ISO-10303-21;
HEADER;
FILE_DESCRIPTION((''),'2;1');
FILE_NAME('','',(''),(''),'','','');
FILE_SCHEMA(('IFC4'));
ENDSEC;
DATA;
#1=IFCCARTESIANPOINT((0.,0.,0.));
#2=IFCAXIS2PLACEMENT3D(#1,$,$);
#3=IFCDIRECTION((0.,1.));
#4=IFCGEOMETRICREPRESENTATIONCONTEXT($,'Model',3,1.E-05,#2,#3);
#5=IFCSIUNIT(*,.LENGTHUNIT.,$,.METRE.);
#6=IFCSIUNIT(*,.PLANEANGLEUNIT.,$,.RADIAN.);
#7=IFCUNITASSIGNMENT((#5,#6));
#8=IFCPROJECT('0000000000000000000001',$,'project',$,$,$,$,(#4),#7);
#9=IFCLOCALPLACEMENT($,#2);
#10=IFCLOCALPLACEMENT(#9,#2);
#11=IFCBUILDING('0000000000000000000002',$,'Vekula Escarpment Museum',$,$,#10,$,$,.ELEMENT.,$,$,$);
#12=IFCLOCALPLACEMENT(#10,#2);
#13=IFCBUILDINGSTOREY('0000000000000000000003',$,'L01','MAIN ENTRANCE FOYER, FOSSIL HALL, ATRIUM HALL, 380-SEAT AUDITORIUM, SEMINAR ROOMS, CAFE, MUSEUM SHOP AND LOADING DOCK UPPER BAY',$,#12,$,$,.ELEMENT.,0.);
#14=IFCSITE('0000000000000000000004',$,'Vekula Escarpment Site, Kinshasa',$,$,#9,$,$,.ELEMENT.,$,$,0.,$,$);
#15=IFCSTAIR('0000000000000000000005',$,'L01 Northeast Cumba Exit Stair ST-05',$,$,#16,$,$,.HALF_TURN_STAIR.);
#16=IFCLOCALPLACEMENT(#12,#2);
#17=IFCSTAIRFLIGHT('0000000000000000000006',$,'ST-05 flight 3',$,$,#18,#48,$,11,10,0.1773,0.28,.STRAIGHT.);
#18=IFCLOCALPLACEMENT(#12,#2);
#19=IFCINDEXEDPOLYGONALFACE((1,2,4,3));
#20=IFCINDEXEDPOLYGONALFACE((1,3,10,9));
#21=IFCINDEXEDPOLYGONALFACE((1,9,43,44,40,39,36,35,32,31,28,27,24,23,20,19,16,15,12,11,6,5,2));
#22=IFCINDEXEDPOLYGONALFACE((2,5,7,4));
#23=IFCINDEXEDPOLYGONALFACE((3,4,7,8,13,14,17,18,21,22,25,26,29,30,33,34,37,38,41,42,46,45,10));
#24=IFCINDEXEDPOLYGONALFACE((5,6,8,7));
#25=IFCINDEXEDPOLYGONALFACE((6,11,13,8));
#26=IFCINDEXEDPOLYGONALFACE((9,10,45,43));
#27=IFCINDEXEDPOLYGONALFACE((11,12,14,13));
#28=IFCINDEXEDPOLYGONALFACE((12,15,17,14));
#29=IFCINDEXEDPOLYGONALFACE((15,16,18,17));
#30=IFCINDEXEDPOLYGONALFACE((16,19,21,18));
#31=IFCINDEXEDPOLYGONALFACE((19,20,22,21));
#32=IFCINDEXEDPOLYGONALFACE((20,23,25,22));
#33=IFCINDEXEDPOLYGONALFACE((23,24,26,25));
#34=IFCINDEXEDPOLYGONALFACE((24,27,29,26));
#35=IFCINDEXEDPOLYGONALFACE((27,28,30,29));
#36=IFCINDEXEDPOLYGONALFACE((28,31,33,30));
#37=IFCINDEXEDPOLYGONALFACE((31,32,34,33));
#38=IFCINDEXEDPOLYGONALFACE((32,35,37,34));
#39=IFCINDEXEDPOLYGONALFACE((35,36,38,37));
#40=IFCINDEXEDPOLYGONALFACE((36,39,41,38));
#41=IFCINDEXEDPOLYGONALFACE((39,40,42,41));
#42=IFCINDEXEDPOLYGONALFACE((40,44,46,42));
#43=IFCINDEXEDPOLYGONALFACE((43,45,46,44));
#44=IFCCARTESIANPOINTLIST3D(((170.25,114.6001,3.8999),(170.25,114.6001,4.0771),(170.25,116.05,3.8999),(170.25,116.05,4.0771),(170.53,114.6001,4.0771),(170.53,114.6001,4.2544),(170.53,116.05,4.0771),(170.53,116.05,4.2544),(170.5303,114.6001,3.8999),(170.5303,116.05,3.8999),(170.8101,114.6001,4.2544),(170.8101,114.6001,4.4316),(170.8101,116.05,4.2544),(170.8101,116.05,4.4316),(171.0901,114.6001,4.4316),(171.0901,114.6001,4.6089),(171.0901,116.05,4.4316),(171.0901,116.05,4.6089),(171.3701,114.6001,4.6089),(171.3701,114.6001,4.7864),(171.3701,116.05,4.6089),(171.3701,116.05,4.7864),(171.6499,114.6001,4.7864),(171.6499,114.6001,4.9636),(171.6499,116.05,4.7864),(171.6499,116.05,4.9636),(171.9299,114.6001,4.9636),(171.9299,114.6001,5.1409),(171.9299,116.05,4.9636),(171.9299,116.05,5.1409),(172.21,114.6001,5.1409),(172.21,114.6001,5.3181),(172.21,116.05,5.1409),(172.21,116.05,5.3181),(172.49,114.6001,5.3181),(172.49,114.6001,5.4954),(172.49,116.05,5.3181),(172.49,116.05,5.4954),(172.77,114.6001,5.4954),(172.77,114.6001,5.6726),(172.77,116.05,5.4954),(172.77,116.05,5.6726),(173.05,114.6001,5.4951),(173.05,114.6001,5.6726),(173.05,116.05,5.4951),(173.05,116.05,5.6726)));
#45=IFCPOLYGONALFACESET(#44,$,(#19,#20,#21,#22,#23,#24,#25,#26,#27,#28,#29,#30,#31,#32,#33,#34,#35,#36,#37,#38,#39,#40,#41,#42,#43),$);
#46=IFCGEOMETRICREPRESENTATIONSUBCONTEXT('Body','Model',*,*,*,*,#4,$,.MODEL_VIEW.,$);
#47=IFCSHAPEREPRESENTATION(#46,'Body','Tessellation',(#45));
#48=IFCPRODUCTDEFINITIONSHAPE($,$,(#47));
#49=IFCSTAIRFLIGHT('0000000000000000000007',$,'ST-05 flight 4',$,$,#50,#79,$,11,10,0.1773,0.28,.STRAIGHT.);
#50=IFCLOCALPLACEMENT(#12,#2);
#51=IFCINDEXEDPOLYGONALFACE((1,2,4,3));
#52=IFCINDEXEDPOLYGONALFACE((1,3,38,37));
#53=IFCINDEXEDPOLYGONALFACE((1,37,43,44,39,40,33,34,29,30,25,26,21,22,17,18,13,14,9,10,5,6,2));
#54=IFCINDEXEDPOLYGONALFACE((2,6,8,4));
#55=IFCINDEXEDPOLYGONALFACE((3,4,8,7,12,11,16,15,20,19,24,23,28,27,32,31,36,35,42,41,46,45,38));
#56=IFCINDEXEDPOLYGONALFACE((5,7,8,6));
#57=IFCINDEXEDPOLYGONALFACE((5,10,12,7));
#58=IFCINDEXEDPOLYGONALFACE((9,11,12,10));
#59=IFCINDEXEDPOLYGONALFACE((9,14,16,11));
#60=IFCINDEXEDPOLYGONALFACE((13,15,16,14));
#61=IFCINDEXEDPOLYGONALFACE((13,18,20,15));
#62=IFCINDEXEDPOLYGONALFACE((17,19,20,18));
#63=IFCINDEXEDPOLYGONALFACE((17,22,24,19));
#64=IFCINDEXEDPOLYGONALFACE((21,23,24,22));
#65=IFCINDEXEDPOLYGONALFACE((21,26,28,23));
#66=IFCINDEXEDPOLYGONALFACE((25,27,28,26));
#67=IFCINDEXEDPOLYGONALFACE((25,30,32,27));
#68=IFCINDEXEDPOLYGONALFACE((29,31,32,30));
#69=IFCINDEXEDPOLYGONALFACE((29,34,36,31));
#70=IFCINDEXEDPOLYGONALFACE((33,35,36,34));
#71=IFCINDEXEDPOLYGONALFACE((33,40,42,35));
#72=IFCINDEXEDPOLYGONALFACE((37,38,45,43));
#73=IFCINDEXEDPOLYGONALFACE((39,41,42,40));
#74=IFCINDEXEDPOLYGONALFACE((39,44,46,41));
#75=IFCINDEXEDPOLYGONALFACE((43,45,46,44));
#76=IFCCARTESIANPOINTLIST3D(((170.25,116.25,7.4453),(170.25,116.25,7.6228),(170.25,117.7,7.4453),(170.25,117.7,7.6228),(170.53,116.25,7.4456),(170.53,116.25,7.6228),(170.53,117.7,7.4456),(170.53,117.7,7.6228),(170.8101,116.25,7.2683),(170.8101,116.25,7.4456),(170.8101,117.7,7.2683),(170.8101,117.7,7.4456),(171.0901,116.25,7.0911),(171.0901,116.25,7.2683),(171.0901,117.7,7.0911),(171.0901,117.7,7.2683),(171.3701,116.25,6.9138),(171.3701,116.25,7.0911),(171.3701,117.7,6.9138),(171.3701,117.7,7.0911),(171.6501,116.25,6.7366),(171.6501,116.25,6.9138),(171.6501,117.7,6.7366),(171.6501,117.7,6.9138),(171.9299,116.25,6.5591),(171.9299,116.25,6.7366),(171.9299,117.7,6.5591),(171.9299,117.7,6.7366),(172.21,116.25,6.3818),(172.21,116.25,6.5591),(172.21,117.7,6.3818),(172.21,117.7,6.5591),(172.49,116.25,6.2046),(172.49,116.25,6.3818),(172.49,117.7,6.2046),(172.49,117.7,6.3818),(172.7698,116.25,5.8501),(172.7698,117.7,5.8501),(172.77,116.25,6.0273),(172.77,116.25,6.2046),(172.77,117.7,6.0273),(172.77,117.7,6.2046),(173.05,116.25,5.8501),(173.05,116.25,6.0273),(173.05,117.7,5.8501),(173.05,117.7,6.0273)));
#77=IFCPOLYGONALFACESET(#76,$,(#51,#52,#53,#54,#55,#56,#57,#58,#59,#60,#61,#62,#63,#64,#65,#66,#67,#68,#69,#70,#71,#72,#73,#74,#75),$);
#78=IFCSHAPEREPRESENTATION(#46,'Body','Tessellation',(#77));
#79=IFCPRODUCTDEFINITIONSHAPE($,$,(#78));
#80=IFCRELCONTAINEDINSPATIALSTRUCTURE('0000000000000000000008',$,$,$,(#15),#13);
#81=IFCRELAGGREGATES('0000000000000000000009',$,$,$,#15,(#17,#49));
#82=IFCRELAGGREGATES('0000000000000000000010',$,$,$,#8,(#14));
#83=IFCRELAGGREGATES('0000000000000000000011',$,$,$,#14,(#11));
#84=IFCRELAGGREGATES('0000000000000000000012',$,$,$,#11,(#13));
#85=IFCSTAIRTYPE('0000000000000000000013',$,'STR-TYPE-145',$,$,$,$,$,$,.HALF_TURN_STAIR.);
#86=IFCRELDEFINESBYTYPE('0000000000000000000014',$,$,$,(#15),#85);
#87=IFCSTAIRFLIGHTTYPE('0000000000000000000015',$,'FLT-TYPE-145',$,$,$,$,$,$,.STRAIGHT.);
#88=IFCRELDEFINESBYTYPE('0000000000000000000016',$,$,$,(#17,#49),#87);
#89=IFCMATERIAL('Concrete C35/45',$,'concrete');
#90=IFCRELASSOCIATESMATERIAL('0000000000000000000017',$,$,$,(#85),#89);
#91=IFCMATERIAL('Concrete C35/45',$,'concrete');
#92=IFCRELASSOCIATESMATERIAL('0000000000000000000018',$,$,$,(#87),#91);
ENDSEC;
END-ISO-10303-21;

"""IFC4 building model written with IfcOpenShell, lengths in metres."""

from ifc_helpers import new_model, si_unit, direction, frame, origin, place, context, subcontext, project, spatial, polyline, outline, extrude, material, type_object, element, aggregate, save


model = new_model("IFC4")

# Units and contexts
model_context = context("Model", 3, precision=1e-05, world=origin(), true_north=direction((0.0, 1.0)))
body_context = subcontext(model_context, "Body", "Model", "MODEL_VIEW")
ifc_project = project(units=[si_unit("LENGTHUNIT", "METRE"), si_unit("PLANEANGLEUNIT", "RADIAN")], contexts=[model_context])

# Site, building, storey
site_placement = place(None, origin())
site = spatial("IfcSite", under=ifc_project, at=site_placement, Name="Vekula Escarpment Site, Kinshasa", CompositionType="ELEMENT", RefElevation=0.0)
building_placement = place(site_placement, origin())
building = spatial("IfcBuilding", under=site, at=building_placement, Name="Vekula Escarpment Museum", CompositionType="ELEMENT")
storey_placement = place(building_placement, origin())
storey = spatial("IfcBuildingStorey", under=building, at=storey_placement, Name="L01", Description="MAIN ENTRANCE FOYER, FOSSIL HALL, ATRIUM HALL, 380-SEAT AUDITORIUM, SEMINAR ROOMS, CAFE, MUSEUM SHOP AND LOADING DOCK UPPER BAY", CompositionType="ELEMENT", Elevation=0.0)

# Stair, stair flights
ifc_material_1 = material(Name="Concrete C35/45", Category="concrete")
stair_type = type_object("IfcStairType", Name="STR-TYPE-145", PredefinedType="HALF_TURN_STAIR", material=ifc_material_1)
stair_placement = place(storey_placement, origin())
stair = element("IfcStair", 1, at=stair_placement, inside=storey, type_object=stair_type, Name="L01 Northeast Cumba Exit Stair ST-05", PredefinedType="HALF_TURN_STAIR")
ifc_material_2 = material(Name="Concrete C35/45", Category="concrete")
stair_flight_type = type_object("IfcStairFlightType", Name="FLT-TYPE-145", PredefinedType="STRAIGHT", material=ifc_material_2)
stair_flight_1_placement = place(storey_placement, frame((170.25, 115.325, 3.8999), z_axis=(0.0, 0.0, 1.0), x_axis=(1.0, 0.0, 0.0)))
stair_flight_1 = element("IfcStairFlight", 2, at=stair_flight_1_placement, type_object=stair_flight_type, Name="ST-05 flight 3", NumberOfRisers=11, NumberOfTreads=10, PredefinedType="STRAIGHT", RiserHeight=0.1773, TreadLength=0.28, context=body_context, shape_type="SweptSolid", body=[
    extrude(outline(polyline([(0.0, 0.0), (0.0, 0.1772), (0.28, 0.1772), (0.28, 0.3545), (0.5601, 0.3545), (0.5601, 0.5317), (0.8401, 0.5317), (0.8401, 0.709), (1.1201, 0.709), (1.1201, 0.8865), (1.3999, 0.8865), (1.3999, 1.0637), (1.6799, 1.0637), (1.6799, 1.241), (1.96, 1.241), (1.96, 1.4182), (2.24, 1.4182), (2.24, 1.5955), (2.52, 1.5955), (2.52, 1.7727), (2.8, 1.7727), (2.8, 1.95), (2.8, 1.5952), (0.2803, 0.0), (0.0, 0.0)])), frame((0.0, 0.7251, 0.0), z_axis=(0.0, -1.0, 0.0), x_axis=(1.0, 0.0, 0.0)), (0.0, 0.0, 1.0), 1.45),
])
stair_flight_2_placement = place(storey_placement, frame((173.05, 116.9751, 5.8501), z_axis=(0.0, 0.0, 1.0), x_axis=(-1.0, 0.0, 0.0)))
stair_flight_2 = element("IfcStairFlight", 3, at=stair_flight_2_placement, type_object=stair_flight_type, Name="ST-05 flight 4", NumberOfRisers=11, NumberOfTreads=10, PredefinedType="STRAIGHT", RiserHeight=0.1773, TreadLength=0.28, context=body_context, shape_type="SweptSolid", body=[
    extrude(outline(polyline([(0.0, 0.0), (0.0, 0.1772), (0.28, 0.1772), (0.28, 0.3545), (0.5601, 0.3545), (0.5601, 0.5317), (0.8401, 0.5317), (0.8401, 0.709), (1.1201, 0.709), (1.1201, 0.8865), (1.3999, 0.8865), (1.3999, 1.0637), (1.6799, 1.0637), (1.6799, 1.241), (1.96, 1.241), (1.96, 1.4182), (2.24, 1.4182), (2.24, 1.5955), (2.52, 1.5955), (2.52, 1.7727), (2.8, 1.7727), (2.8, 1.95), (2.8, 1.5952), (0.2803, 0.0), (0.0, 0.0)])), frame((0.0, 0.7251, 0.0), z_axis=(0.0, -1.0, 0.0), x_axis=(1.0, 0.0, 0.0)), (0.0, 0.0, 1.0), 1.45),
])
aggregate(stair, [stair_flight_1, stair_flight_2])

save(model, "model.ifc")
